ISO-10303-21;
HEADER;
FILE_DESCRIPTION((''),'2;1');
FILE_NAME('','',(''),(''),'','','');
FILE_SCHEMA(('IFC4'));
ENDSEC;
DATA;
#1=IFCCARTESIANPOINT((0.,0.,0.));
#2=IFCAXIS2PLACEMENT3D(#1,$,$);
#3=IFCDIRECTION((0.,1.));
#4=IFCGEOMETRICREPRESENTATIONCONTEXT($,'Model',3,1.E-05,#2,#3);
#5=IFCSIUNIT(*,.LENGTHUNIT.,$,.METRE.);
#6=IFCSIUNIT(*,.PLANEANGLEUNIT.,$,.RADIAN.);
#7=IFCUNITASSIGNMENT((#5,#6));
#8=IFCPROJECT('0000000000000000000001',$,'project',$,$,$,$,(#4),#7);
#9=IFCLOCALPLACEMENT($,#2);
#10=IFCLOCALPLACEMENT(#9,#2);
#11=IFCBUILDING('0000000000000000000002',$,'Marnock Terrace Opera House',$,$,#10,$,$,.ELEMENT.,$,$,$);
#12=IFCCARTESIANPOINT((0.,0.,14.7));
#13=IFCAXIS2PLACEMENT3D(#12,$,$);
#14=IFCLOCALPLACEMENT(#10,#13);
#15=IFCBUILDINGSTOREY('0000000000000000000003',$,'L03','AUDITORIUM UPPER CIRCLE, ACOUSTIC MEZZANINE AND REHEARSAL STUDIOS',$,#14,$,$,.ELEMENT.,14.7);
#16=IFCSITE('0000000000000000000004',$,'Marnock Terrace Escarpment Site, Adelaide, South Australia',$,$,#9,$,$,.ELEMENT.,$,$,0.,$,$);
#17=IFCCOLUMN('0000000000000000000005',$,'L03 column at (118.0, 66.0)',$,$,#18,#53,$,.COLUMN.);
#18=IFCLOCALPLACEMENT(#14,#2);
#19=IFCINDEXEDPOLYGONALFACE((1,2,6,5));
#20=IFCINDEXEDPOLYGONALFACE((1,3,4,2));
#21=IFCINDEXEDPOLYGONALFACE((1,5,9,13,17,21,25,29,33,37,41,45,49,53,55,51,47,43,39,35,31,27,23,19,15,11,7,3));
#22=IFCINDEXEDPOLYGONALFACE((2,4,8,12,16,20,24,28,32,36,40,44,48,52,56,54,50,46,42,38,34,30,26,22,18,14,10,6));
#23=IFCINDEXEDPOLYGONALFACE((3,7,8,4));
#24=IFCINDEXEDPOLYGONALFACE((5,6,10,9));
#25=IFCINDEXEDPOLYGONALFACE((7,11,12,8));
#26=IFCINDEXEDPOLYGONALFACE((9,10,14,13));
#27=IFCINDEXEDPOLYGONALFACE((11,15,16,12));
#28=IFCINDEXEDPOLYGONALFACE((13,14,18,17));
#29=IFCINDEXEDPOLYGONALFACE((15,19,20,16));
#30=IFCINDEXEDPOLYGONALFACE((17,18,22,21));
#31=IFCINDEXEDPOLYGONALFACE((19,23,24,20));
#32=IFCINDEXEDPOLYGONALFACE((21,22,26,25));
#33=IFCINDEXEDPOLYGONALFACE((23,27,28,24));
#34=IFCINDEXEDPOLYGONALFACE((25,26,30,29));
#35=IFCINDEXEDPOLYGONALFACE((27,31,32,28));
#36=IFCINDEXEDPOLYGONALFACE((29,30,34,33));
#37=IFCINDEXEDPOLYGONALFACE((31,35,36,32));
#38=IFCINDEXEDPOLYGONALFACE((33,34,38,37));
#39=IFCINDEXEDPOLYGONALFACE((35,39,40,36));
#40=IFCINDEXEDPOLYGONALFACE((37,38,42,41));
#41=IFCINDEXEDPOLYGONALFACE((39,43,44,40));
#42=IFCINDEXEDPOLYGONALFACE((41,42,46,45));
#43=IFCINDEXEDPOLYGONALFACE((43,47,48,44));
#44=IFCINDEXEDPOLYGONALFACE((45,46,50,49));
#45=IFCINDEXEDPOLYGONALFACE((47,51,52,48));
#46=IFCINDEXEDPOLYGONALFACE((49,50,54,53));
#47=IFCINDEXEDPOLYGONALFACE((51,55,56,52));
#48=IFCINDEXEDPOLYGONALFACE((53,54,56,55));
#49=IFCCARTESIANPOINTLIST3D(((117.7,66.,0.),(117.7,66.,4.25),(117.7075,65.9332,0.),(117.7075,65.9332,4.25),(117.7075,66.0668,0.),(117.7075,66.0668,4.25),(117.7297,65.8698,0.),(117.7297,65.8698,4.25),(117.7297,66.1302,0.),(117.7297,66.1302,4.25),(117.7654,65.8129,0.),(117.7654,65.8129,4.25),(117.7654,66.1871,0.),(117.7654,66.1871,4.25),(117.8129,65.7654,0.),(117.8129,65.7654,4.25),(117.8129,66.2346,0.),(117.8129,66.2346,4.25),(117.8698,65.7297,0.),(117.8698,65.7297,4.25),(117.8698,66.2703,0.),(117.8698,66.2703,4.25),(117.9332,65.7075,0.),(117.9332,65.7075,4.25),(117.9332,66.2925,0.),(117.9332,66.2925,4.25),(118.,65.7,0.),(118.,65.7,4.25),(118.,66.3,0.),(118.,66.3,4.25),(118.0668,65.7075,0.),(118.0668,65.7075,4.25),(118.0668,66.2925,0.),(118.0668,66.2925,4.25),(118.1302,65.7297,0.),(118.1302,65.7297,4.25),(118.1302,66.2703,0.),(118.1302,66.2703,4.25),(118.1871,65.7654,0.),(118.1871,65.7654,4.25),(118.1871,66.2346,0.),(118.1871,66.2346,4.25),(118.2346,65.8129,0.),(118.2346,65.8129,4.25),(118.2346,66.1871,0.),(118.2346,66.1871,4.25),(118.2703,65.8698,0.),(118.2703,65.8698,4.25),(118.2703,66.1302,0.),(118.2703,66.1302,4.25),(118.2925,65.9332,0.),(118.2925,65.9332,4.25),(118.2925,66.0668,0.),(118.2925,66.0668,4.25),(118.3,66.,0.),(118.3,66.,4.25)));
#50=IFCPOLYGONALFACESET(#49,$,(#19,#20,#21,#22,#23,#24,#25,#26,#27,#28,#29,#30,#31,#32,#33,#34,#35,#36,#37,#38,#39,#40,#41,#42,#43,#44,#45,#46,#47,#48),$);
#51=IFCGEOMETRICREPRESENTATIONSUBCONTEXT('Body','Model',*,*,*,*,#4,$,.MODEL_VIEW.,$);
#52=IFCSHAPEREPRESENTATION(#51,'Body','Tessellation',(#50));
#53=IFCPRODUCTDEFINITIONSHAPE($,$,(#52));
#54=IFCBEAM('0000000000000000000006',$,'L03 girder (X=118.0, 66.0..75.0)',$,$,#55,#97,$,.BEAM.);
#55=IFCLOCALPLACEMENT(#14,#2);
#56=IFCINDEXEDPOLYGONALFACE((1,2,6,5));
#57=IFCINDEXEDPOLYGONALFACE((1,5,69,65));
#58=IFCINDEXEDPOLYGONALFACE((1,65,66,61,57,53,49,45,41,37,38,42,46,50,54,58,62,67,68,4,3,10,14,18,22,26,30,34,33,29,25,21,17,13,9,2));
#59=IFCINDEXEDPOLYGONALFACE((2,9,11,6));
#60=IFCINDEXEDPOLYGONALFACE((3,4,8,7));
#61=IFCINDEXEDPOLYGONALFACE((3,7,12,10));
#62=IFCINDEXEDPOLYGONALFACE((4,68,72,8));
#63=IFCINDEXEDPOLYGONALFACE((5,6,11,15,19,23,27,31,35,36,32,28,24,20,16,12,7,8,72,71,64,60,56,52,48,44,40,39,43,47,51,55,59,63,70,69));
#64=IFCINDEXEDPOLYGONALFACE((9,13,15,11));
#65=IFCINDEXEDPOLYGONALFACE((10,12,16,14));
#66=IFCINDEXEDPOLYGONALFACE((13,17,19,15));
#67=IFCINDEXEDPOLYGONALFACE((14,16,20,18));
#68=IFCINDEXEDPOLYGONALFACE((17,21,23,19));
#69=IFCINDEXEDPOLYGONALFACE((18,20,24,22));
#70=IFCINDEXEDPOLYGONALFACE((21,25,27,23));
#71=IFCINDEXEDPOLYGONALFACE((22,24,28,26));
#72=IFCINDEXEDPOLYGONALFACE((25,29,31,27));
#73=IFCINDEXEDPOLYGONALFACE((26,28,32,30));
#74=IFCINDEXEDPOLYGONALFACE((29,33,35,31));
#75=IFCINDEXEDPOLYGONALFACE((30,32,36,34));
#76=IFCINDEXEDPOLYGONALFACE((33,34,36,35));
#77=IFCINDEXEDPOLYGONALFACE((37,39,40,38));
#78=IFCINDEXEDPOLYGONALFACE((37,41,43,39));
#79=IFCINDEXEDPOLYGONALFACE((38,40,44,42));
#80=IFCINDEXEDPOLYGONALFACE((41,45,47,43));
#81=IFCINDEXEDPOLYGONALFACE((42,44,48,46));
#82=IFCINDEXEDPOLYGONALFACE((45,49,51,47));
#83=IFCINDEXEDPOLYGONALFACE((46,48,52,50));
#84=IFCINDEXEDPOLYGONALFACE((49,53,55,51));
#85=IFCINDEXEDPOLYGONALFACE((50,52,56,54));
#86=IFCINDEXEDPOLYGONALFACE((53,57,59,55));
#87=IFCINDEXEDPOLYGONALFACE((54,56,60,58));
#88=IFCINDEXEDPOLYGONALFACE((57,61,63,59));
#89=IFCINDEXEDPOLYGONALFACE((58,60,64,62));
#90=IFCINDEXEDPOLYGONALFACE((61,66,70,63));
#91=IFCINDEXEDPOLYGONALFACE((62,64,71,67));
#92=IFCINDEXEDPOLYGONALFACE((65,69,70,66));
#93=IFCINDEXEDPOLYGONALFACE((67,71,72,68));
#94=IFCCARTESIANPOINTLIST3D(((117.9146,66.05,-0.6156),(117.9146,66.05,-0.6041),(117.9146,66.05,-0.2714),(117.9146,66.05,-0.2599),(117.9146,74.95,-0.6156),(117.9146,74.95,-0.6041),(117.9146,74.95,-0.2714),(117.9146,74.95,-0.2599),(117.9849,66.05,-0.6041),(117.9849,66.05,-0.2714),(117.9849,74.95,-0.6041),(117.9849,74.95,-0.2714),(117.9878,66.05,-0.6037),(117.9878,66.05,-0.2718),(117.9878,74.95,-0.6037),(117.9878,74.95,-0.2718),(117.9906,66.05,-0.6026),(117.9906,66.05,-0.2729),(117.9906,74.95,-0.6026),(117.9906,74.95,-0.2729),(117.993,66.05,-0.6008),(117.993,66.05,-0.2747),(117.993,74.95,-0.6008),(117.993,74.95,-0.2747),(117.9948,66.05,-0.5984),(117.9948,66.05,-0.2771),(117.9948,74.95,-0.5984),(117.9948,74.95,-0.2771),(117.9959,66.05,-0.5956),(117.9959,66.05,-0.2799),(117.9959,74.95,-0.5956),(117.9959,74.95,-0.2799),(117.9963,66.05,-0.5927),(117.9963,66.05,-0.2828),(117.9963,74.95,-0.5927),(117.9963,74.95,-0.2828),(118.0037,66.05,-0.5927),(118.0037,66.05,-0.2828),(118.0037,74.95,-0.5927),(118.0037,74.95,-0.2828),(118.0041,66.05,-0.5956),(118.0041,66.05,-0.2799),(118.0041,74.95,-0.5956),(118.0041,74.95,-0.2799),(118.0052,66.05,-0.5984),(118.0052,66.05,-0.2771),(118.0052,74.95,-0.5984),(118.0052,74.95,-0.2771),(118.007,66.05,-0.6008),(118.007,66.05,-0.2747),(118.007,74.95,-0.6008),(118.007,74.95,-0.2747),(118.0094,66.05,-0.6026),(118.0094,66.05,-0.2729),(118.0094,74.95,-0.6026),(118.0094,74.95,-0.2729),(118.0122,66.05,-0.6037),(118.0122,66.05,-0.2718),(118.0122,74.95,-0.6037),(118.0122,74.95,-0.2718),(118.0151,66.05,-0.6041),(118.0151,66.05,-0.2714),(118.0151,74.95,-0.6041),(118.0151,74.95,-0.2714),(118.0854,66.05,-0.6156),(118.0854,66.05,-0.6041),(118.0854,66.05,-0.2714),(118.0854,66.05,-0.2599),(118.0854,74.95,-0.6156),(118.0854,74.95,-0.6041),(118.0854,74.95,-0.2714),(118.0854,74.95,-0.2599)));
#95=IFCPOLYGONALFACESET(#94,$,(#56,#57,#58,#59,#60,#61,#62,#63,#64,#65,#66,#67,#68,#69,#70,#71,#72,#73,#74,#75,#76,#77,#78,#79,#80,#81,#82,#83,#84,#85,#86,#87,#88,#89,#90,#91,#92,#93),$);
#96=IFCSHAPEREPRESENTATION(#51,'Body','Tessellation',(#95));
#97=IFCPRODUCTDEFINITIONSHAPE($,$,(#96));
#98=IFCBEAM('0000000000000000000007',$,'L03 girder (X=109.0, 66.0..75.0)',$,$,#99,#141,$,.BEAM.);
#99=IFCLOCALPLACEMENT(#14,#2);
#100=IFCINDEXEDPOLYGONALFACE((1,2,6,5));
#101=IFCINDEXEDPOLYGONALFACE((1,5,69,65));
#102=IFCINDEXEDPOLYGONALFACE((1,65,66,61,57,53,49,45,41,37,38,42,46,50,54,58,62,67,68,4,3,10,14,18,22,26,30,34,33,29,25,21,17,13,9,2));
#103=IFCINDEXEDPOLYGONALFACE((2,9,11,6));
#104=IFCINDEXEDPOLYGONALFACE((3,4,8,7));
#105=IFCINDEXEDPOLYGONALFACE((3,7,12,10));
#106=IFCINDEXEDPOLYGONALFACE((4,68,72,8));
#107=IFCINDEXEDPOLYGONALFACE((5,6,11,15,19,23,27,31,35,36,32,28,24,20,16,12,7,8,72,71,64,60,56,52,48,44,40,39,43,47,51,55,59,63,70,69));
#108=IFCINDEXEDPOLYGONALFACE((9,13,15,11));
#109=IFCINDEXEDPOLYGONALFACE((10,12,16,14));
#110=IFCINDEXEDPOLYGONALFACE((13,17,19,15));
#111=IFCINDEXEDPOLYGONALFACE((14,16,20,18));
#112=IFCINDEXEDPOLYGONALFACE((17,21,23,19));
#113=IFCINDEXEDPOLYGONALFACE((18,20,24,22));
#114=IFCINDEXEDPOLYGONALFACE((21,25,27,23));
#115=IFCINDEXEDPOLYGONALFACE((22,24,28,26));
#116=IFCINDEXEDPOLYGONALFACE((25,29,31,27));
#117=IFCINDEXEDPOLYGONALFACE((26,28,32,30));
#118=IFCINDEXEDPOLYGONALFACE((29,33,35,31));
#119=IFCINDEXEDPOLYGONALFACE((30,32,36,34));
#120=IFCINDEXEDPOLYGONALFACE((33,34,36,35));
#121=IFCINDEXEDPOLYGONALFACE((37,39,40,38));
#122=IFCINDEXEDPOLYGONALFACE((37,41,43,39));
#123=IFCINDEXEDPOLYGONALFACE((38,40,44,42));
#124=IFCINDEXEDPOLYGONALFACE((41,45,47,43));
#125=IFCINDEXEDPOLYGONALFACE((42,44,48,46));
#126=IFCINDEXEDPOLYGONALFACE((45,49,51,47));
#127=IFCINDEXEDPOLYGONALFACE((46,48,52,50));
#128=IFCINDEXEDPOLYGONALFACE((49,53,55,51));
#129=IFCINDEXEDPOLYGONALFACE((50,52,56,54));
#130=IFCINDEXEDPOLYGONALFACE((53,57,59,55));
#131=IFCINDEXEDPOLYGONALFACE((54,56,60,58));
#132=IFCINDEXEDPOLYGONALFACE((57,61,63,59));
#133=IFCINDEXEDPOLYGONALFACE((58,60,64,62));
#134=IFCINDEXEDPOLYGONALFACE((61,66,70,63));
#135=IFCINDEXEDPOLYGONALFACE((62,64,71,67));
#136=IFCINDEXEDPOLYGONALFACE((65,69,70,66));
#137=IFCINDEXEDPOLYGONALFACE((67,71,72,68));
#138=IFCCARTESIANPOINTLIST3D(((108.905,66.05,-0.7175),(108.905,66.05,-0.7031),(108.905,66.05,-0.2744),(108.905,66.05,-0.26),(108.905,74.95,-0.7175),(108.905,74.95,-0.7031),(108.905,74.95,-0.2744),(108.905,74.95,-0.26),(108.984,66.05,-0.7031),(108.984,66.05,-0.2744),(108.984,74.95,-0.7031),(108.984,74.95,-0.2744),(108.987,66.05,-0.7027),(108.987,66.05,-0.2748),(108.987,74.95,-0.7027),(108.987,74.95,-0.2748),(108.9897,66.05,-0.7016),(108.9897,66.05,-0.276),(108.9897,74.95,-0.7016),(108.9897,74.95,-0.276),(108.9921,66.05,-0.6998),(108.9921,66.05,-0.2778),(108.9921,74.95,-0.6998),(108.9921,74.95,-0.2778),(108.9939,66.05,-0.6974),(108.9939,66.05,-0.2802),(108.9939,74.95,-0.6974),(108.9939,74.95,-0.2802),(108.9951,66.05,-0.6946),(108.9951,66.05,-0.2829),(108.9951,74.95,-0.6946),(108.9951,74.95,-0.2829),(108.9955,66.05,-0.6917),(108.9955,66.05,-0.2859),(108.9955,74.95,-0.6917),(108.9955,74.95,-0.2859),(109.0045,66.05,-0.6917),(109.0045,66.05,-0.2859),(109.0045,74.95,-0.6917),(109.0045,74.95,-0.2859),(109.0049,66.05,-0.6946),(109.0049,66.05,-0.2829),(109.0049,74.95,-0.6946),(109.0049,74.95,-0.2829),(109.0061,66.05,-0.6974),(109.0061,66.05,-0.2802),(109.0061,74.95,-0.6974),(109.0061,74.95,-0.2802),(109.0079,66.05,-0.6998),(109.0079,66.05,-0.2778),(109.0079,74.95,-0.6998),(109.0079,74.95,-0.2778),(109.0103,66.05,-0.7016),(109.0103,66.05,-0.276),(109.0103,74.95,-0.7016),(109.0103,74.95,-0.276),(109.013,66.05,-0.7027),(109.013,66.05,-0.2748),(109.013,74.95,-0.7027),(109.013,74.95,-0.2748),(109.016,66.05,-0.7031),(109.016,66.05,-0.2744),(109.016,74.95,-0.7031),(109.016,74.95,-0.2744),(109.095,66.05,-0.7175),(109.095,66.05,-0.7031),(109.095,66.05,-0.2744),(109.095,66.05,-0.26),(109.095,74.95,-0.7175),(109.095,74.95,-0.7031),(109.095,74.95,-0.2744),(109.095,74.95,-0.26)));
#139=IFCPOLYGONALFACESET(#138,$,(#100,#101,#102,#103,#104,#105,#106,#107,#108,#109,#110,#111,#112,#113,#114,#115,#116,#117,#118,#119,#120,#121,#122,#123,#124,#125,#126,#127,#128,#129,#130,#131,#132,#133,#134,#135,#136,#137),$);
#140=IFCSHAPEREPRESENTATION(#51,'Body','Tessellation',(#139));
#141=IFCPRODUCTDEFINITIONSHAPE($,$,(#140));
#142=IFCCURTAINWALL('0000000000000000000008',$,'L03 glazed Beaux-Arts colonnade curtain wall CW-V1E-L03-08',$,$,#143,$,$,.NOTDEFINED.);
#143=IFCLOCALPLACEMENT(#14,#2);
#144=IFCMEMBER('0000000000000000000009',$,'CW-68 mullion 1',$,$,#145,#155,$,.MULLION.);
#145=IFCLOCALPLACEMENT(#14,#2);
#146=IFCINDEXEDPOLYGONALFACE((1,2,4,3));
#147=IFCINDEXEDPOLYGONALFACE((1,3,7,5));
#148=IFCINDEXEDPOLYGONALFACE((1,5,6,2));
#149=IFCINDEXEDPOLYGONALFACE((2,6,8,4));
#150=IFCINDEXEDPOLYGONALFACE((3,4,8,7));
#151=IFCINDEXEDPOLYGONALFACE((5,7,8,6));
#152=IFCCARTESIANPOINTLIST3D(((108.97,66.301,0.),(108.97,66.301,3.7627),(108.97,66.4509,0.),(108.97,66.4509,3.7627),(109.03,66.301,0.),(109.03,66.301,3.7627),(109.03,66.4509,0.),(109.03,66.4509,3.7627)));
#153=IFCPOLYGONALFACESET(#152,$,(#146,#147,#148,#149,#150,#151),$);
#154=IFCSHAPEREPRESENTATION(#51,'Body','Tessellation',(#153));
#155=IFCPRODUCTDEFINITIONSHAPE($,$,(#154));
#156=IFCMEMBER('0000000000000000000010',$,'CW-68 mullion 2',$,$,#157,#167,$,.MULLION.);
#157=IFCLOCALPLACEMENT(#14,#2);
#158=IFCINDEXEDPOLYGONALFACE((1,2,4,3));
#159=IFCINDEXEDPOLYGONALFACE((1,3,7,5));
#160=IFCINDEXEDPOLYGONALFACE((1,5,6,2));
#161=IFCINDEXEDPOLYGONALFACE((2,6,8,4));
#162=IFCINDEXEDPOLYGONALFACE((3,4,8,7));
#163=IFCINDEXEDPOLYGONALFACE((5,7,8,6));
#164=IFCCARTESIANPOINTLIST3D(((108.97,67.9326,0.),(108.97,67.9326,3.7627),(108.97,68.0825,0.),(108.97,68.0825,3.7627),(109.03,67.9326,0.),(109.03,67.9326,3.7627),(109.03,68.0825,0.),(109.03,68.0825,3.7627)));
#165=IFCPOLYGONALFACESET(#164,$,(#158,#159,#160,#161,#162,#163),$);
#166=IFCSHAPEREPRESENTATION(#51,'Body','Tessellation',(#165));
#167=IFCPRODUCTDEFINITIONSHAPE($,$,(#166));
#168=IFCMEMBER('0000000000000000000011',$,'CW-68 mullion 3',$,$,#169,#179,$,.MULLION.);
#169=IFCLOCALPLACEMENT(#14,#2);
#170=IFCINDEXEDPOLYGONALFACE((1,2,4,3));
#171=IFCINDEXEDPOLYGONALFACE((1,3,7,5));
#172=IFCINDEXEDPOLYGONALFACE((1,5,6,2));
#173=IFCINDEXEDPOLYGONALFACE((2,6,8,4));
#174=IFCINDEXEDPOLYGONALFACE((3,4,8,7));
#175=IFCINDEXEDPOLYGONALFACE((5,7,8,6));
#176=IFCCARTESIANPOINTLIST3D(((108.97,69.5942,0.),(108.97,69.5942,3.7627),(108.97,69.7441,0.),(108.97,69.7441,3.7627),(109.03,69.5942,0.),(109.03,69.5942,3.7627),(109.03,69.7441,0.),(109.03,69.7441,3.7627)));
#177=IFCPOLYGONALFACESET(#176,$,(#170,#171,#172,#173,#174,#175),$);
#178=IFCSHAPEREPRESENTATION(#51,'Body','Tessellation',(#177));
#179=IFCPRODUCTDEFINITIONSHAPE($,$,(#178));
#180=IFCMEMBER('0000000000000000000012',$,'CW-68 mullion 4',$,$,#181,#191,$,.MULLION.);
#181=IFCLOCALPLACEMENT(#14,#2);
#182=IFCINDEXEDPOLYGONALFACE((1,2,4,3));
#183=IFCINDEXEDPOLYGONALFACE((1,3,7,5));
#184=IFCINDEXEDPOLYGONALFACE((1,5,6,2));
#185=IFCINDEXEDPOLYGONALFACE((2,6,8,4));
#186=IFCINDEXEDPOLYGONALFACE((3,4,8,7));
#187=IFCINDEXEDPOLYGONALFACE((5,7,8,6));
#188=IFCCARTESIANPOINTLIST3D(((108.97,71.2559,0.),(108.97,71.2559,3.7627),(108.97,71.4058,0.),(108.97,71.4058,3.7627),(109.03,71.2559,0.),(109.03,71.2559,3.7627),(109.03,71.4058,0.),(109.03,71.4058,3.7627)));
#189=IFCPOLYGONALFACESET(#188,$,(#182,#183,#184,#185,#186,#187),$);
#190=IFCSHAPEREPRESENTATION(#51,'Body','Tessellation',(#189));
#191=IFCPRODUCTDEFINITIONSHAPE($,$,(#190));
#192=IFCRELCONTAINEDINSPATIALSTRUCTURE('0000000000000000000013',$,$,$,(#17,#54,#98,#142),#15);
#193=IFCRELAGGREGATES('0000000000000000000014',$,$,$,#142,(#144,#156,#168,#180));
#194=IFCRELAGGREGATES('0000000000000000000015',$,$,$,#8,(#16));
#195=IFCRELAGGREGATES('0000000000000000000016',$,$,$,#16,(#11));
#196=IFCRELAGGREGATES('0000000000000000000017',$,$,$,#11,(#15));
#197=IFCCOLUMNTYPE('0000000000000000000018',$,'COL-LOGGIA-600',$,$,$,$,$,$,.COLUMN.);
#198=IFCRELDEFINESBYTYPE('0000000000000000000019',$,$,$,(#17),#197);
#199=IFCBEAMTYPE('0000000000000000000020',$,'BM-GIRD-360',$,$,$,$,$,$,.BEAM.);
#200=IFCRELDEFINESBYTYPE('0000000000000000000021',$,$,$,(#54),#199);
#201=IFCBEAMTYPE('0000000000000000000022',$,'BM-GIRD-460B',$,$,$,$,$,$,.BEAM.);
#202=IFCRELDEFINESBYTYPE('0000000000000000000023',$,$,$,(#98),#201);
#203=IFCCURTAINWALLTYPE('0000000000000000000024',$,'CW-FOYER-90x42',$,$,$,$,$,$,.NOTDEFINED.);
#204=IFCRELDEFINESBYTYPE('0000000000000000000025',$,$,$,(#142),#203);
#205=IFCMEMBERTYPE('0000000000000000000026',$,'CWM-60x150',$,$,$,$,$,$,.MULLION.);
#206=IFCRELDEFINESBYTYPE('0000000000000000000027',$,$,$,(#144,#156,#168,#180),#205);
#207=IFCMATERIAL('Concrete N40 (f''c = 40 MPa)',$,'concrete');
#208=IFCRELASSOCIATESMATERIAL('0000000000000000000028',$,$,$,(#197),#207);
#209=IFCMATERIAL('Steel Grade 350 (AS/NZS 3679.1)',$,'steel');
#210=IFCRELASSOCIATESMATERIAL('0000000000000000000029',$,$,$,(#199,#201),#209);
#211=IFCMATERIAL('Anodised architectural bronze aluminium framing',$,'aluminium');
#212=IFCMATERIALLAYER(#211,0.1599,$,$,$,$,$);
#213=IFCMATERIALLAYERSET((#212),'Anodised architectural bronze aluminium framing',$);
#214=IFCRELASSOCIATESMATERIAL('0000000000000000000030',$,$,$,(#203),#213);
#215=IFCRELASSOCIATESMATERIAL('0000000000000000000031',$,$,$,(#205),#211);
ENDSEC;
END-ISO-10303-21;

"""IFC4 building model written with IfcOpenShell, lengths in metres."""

from ifc_helpers import new_model, si_unit, direction, frame, origin, origin_2d, place, context, subcontext, project, spatial, rectangle, circle, i_section, extrude, material, layer, layer_set, material_profile, profile_set, type_object, element, aggregate, save


model = new_model("IFC4")

# Units and contexts
model_context = context("Model", 3, precision=1e-05, world=origin(), true_north=direction((0.0, 1.0)))
body_context = subcontext(model_context, "Body", "Model", "MODEL_VIEW")
ifc_project = project(units=[si_unit("LENGTHUNIT", "METRE"), si_unit("PLANEANGLEUNIT", "RADIAN")], contexts=[model_context])

# Site, building, storey
site_placement = place(None, origin())
site = spatial("IfcSite", under=ifc_project, at=site_placement, Name="Marnock Terrace Escarpment Site, Adelaide, South Australia", CompositionType="ELEMENT", RefElevation=0.0)
building_placement = place(site_placement, origin())
building = spatial("IfcBuilding", under=site, at=building_placement, Name="Marnock Terrace Opera House", CompositionType="ELEMENT")
storey_placement = place(building_placement, frame((0.0, 0.0, 14.7)))
storey = spatial("IfcBuildingStorey", under=building, at=storey_placement, Name="L03", Description="AUDITORIUM UPPER CIRCLE, ACOUSTIC MEZZANINE AND REHEARSAL STUDIOS", CompositionType="ELEMENT", Elevation=14.7)

# Column
ifc_material_1 = material(Name="Concrete N40 (f'c = 40 MPa)", Category="concrete")
ifc_material_profile_1 = material_profile(ifc_material_1, circle(Radius=0.3, at=origin_2d()))
ifc_profile_set_1 = profile_set([ifc_material_profile_1], Name="Concrete N40 (f'c = 40 MPa)")
column_type = type_object("IfcColumnType", Name="COL-LOGGIA-600", PredefinedType="COLUMN", material=ifc_profile_set_1)
column_placement = place(storey_placement, frame((118.0, 66.0, 0.0), z_axis=(0.0, 0.0, 1.0), x_axis=(1.0, 0.0, 0.0)))
element("IfcColumn", 1, at=column_placement, inside=storey, type_object=column_type, Name="L03 column at (118.0, 66.0)", PredefinedType="COLUMN", context=body_context, shape_type="SweptSolid", body=[
    extrude(circle(Radius=0.3, at=origin_2d()), origin(), (0.0, 0.0, 1.0), 4.25),
])

# Beams
ifc_material_2 = material(Name="Steel Grade 350 (AS/NZS 3679.1)", Category="steel")
ifc_material_profile_2 = material_profile(ifc_material_2, i_section(OverallWidth=0.1709, OverallDepth=0.3557, WebThickness=0.0073, FlangeThickness=0.0115, FilletRadius=0.0115, at=origin_2d()))
ifc_profile_set_2 = profile_set([ifc_material_profile_2], Name="Steel Grade 350 (AS/NZS 3679.1)")
beam_type_1 = type_object("IfcBeamType", Name="BM-GIRD-360", PredefinedType="BEAM", material=ifc_profile_set_2)
beam_1_placement = place(storey_placement, frame((118.0, 66.05, -0.4377), z_axis=(0.0, 1.0, 0.0), x_axis=(-1.0, 0.0, 0.0)))
element("IfcBeam", 2, at=beam_1_placement, inside=storey, type_object=beam_type_1, Name="L03 girder (X=118.0, 66.0..75.0)", PredefinedType="BEAM", context=body_context, shape_type="SweptSolid", body=[
    extrude(i_section(OverallWidth=0.1709, OverallDepth=0.3557, WebThickness=0.0073, FlangeThickness=0.0115, FilletRadius=0.0115, at=origin_2d()), origin(), (0.0, 0.0, 1.0), 8.8999),
])
ifc_material_profile_3 = material_profile(ifc_material_2, i_section(OverallWidth=0.1899, OverallDepth=0.4575, WebThickness=0.009, FlangeThickness=0.0144, FilletRadius=0.0115, at=origin_2d()))
ifc_profile_set_3 = profile_set([ifc_material_profile_3], Name="Steel Grade 350 (AS/NZS 3679.1)")
beam_type_2 = type_object("IfcBeamType", Name="BM-GIRD-460B", PredefinedType="BEAM", material=ifc_profile_set_3)
beam_2_placement = place(storey_placement, frame((109.0, 66.05, -0.4888), z_axis=(0.0, 1.0, 0.0), x_axis=(-1.0, 0.0, 0.0)))
element("IfcBeam", 3, at=beam_2_placement, inside=storey, type_object=beam_type_2, Name="L03 girder (X=109.0, 66.0..75.0)", PredefinedType="BEAM", context=body_context, shape_type="SweptSolid", body=[
    extrude(i_section(OverallWidth=0.1899, OverallDepth=0.4575, WebThickness=0.009, FlangeThickness=0.0144, FilletRadius=0.0115, at=origin_2d()), origin(), (0.0, 0.0, 1.0), 8.8999),
])

# Curtain wall, members
ifc_material_3 = material(Name="Anodised architectural bronze aluminium framing", Category="aluminium")
ifc_layer_1 = layer(ifc_material_3, 0.1599)
ifc_layer_set_1 = layer_set([ifc_layer_1], Name="Anodised architectural bronze aluminium framing")
curtain_wall_type_1 = type_object("IfcCurtainWallType", Name="CW-FOYER-90x42", PredefinedType="NOTDEFINED", material=ifc_layer_set_1)
curtain_wall_1_placement = place(storey_placement, origin())
curtain_wall_1 = element("IfcCurtainWall", 4, at=curtain_wall_1_placement, inside=storey, type_object=curtain_wall_type_1, Name="L03 glazed Beaux-Arts colonnade curtain wall CW-V1E-L03-08", PredefinedType="NOTDEFINED")
ifc_material_profile_4 = material_profile(ifc_material_3, rectangle(XDim=0.0601, YDim=0.1499, at=origin_2d()))
ifc_profile_set_4 = profile_set([ifc_material_profile_4], Name="Anodised architectural bronze aluminium framing")
member_type_1 = type_object("IfcMemberType", Name="CWM-60x150", PredefinedType="MULLION", material=ifc_profile_set_4)
member_1_placement = place(storey_placement, frame((109.0, 66.376, 0.0), z_axis=(0.0, 0.0, 1.0), x_axis=(-1.0, 0.0, 0.0)))
member_1 = element("IfcMember", 5, at=member_1_placement, type_object=member_type_1, Name="CW-68 mullion 1", PredefinedType="MULLION", context=body_context, shape_type="SweptSolid", body=[
    extrude(rectangle(XDim=0.0601, YDim=0.1499, at=origin_2d()), origin(), (0.0, 0.0, 1.0), 3.7627),
])
member_2_placement = place(storey_placement, frame((109.0, 68.0076, 0.0), z_axis=(0.0, 0.0, 1.0), x_axis=(-1.0, 0.0, 0.0)))
member_2 = element("IfcMember", 6, at=member_2_placement, type_object=member_type_1, Name="CW-68 mullion 2", PredefinedType="MULLION", context=body_context, shape_type="SweptSolid", body=[
    extrude(rectangle(XDim=0.0601, YDim=0.1499, at=origin_2d()), origin(), (0.0, 0.0, 1.0), 3.7627),
])
member_3_placement = place(storey_placement, frame((109.0, 69.6692, 0.0), z_axis=(0.0, 0.0, 1.0), x_axis=(-1.0, 0.0, 0.0)))
member_3 = element("IfcMember", 7, at=member_3_placement, type_object=member_type_1, Name="CW-68 mullion 3", PredefinedType="MULLION", context=body_context, shape_type="SweptSolid", body=[
    extrude(rectangle(XDim=0.0601, YDim=0.1499, at=origin_2d()), origin(), (0.0, 0.0, 1.0), 3.7627),
])
member_4_placement = place(storey_placement, frame((109.0, 71.3308, 0.0), z_axis=(0.0, 0.0, 1.0), x_axis=(-1.0, 0.0, 0.0)))
member_4 = element("IfcMember", 8, at=member_4_placement, type_object=member_type_1, Name="CW-68 mullion 4", PredefinedType="MULLION", context=body_context, shape_type="SweptSolid", body=[
    extrude(rectangle(XDim=0.0601, YDim=0.1499, at=origin_2d()), origin(), (0.0, 0.0, 1.0), 3.7627),
])

aggregate(curtain_wall_1, [member_1, member_2, member_3, member_4])

save(model, "model.ifc")
